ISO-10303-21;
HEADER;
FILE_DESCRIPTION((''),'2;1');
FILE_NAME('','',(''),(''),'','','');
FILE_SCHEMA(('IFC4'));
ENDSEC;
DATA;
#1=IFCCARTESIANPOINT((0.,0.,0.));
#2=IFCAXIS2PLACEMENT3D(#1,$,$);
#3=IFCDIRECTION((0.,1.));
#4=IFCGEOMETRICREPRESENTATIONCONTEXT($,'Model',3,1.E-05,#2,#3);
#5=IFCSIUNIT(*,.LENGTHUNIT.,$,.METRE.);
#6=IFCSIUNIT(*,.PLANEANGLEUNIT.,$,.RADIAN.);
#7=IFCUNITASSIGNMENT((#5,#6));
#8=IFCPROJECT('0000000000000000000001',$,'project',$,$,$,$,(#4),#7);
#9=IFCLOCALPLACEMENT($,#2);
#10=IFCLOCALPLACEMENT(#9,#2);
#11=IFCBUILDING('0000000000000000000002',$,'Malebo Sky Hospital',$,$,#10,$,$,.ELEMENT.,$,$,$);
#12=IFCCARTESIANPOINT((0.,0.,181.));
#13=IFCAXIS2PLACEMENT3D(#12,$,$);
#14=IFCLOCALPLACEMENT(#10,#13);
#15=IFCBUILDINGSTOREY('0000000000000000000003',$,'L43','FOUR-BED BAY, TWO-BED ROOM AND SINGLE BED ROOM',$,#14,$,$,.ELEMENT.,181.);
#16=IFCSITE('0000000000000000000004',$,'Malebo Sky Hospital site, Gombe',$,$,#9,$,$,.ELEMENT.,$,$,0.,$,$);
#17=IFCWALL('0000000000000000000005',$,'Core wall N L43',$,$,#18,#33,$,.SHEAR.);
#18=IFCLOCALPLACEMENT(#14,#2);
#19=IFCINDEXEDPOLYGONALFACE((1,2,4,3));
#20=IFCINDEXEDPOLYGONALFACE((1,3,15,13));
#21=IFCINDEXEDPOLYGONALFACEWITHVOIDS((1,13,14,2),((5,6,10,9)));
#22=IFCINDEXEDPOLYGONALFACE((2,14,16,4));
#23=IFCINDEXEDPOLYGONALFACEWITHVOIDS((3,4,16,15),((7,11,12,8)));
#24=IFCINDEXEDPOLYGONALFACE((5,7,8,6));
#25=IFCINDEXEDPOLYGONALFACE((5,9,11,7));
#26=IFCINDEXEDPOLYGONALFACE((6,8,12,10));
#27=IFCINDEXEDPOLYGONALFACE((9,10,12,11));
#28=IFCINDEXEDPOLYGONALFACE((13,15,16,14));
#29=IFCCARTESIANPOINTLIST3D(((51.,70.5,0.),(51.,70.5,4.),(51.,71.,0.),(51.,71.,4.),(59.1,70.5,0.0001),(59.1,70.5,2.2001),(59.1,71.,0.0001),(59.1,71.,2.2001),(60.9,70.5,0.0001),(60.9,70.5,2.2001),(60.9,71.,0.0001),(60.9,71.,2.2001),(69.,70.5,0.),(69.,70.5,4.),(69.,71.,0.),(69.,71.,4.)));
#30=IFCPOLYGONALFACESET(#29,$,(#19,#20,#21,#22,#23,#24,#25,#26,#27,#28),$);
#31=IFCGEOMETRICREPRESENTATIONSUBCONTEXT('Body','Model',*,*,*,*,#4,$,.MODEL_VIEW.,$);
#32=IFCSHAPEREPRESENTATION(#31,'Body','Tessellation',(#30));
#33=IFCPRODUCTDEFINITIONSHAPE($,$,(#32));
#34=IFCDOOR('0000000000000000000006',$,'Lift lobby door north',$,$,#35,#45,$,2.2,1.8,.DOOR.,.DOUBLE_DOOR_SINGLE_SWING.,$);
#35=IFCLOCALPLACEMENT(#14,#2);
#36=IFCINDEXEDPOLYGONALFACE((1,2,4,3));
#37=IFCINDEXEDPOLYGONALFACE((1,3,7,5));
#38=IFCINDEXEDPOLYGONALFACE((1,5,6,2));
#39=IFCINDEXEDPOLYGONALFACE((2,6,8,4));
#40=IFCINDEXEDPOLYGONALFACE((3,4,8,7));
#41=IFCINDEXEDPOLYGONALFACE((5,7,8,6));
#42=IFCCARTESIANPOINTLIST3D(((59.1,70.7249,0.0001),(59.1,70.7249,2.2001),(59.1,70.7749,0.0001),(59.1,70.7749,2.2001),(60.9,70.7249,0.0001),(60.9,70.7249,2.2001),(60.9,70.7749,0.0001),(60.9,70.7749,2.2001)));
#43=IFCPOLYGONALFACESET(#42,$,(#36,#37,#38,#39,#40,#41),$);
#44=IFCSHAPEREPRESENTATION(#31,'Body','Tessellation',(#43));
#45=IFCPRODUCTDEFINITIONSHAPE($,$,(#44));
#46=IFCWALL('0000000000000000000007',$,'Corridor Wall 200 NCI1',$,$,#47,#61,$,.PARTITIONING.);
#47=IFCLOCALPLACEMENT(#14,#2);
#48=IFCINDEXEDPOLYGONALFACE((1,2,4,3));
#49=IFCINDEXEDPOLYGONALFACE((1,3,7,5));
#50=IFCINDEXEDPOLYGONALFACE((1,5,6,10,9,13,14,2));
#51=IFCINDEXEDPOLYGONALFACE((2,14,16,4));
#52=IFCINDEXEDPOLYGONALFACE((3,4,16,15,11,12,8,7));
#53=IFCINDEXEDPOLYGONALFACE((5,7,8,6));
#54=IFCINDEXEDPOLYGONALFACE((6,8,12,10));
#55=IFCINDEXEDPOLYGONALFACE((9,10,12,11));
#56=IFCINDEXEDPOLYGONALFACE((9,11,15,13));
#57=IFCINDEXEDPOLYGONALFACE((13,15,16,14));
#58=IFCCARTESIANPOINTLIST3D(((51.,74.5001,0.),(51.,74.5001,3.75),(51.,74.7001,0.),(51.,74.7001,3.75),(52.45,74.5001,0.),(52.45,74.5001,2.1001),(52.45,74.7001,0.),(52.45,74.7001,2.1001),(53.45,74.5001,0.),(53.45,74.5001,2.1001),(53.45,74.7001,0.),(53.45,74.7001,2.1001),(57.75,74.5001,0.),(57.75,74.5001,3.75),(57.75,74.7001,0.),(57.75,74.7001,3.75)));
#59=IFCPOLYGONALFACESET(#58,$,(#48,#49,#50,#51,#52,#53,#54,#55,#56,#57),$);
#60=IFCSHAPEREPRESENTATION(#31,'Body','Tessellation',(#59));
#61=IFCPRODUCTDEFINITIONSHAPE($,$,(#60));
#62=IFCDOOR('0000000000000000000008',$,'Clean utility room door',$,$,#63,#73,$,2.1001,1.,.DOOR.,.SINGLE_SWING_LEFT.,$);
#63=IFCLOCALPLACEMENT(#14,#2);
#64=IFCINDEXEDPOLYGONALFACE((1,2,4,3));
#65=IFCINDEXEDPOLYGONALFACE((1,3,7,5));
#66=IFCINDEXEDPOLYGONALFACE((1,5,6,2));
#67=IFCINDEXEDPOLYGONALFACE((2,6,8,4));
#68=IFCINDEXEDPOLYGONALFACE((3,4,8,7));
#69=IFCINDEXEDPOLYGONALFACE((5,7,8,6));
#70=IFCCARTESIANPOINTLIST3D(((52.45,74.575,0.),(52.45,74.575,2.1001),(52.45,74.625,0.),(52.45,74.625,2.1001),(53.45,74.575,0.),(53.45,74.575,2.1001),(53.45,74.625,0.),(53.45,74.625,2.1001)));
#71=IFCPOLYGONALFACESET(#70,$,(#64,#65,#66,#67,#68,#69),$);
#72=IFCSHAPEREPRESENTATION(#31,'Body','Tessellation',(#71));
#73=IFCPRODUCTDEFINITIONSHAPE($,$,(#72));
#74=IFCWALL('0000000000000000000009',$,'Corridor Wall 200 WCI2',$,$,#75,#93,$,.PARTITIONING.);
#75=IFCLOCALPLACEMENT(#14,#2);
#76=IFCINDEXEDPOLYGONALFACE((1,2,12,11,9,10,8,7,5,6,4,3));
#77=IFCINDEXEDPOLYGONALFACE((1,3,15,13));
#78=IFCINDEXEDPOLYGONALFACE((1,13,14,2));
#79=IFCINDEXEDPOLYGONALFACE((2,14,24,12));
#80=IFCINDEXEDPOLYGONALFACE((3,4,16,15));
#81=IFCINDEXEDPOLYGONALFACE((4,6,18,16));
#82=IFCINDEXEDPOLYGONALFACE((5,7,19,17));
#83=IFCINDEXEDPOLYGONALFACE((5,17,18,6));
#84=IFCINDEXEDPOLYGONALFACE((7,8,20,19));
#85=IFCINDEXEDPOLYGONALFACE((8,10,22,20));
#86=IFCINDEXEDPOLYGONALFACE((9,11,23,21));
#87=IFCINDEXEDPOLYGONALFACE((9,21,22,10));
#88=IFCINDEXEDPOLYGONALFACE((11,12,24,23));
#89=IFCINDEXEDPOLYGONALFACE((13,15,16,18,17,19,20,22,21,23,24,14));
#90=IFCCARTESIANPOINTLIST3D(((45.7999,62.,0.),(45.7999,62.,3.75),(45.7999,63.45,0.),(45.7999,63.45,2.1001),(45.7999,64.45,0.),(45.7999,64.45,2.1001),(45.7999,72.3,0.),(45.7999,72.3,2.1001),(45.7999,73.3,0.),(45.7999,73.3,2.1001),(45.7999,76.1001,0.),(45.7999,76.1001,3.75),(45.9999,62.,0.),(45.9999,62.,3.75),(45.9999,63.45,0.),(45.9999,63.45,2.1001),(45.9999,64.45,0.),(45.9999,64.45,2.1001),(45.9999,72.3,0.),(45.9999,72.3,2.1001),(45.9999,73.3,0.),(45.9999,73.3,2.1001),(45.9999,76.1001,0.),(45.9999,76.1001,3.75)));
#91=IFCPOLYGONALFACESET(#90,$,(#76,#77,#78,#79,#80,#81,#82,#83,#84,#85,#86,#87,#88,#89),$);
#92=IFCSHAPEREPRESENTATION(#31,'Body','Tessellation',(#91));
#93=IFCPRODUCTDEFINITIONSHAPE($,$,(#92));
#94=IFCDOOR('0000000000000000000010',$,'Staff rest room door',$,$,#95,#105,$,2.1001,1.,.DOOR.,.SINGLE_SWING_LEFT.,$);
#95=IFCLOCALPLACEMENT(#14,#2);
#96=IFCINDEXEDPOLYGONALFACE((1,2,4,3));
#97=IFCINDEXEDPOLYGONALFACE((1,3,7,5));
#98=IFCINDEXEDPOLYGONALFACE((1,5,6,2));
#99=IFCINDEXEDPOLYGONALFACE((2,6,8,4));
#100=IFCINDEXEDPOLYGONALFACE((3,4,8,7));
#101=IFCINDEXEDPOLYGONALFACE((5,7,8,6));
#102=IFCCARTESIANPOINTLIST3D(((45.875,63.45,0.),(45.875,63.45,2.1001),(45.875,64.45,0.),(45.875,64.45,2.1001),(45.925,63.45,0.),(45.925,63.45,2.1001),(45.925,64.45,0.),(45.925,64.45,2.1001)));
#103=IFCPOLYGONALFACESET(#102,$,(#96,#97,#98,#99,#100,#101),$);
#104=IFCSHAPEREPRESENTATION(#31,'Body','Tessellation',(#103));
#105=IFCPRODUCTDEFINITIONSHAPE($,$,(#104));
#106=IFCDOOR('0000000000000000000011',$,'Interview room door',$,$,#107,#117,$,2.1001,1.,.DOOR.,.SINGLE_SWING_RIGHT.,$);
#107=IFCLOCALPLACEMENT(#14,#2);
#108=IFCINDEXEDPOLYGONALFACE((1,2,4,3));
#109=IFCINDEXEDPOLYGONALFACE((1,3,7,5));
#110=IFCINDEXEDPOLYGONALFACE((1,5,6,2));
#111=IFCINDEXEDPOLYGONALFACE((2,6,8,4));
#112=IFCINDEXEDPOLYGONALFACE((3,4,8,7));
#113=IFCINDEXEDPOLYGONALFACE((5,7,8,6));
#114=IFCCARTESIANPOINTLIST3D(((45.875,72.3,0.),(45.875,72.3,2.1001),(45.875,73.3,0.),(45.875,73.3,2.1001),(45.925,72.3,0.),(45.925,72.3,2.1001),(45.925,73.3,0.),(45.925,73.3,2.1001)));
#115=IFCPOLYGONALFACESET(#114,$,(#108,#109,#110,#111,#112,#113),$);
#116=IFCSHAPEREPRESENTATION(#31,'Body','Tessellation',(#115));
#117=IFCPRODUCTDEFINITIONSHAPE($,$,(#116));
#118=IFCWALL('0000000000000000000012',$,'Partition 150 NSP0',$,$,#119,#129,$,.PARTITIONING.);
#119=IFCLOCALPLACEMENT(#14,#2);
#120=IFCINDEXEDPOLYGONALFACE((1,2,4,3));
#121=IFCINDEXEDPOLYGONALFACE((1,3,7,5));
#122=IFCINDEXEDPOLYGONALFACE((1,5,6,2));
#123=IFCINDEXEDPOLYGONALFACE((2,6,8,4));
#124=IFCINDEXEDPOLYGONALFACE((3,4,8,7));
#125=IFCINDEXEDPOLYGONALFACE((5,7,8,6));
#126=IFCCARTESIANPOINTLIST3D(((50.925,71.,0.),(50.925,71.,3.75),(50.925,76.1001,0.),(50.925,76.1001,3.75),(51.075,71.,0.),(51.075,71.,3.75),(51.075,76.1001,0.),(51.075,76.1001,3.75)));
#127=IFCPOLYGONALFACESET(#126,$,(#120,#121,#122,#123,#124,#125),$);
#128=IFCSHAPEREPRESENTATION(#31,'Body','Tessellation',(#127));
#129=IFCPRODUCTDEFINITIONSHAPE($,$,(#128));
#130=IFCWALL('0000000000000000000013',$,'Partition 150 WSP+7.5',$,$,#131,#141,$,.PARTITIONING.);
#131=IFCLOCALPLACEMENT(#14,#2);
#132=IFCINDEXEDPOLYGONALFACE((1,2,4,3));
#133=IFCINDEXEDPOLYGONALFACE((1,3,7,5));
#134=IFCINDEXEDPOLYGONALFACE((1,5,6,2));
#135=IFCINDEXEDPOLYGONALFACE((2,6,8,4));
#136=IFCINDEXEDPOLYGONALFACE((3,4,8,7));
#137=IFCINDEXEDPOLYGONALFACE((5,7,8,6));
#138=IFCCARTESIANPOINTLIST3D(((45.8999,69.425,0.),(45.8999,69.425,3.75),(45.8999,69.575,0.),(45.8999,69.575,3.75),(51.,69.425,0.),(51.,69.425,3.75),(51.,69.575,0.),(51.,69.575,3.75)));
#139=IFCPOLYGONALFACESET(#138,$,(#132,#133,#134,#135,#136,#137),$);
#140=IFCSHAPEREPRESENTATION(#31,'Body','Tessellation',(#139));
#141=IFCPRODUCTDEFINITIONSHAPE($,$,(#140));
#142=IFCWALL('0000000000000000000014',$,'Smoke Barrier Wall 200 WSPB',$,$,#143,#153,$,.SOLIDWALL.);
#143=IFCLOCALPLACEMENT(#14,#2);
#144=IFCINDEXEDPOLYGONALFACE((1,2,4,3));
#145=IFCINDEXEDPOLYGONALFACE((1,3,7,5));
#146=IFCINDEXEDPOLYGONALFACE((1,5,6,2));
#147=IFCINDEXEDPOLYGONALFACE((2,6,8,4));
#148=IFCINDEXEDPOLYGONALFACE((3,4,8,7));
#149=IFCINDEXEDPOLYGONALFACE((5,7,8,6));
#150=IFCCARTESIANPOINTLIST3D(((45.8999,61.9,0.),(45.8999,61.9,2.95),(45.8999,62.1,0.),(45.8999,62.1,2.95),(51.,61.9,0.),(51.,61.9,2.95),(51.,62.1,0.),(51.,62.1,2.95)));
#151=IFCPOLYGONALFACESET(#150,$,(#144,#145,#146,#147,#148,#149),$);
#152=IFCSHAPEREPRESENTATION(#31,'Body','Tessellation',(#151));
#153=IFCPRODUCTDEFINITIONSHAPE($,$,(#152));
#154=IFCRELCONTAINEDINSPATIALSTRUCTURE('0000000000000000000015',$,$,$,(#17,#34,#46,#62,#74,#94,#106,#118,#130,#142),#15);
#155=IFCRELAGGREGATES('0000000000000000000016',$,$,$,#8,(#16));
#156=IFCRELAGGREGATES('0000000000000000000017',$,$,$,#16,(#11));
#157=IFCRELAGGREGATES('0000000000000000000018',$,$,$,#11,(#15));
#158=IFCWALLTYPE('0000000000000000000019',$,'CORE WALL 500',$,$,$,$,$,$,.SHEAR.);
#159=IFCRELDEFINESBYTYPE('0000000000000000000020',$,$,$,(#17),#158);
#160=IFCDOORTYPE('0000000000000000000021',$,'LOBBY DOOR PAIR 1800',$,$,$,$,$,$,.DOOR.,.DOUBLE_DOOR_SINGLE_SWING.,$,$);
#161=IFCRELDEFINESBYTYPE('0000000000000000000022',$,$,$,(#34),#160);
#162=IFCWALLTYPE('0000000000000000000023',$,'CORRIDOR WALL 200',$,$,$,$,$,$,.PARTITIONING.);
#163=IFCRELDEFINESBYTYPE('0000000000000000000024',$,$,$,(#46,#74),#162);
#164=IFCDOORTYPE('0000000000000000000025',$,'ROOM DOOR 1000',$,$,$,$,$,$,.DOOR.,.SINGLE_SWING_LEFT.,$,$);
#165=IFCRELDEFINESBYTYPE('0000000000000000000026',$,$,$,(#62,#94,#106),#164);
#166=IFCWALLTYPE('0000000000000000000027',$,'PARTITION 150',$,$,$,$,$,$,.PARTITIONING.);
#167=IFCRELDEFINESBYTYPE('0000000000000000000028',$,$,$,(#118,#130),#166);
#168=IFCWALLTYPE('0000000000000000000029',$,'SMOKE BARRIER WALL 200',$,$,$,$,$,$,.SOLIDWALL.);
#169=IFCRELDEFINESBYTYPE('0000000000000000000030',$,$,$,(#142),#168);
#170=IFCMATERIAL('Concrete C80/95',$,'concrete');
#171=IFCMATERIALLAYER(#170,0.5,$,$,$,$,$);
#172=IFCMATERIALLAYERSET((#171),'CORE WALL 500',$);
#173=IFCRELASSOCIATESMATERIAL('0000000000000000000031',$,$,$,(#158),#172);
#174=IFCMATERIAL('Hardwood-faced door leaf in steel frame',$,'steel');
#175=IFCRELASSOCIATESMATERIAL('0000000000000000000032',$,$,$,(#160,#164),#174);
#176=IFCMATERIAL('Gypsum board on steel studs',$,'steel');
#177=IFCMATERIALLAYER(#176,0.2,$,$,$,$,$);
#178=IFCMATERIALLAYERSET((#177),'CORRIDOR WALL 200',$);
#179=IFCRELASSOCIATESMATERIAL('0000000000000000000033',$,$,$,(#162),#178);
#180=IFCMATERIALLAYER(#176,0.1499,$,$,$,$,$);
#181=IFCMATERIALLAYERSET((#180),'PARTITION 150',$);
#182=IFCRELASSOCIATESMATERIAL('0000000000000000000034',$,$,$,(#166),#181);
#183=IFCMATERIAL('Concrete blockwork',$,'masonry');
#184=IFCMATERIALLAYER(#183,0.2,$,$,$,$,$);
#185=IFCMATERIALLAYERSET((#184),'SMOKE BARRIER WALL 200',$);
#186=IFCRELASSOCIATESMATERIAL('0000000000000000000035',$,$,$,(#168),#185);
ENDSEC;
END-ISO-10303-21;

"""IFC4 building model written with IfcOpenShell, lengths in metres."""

from ifc_helpers import new_model, si_unit, direction, frame, frame_2d, origin, place, context, subcontext, project, spatial, rectangle, extrude, material, layer, layer_set, type_object, element, fill, save


model = new_model("IFC4")

# Units and contexts
model_context = context("Model", 3, precision=1e-05, world=origin(), true_north=direction((0.0, 1.0)))
body_context = subcontext(model_context, "Body", "Model", "MODEL_VIEW")
ifc_project = project(units=[si_unit("LENGTHUNIT", "METRE"), si_unit("PLANEANGLEUNIT", "RADIAN")], contexts=[model_context])

# Site, building, storey
site_placement = place(None, origin())
site = spatial("IfcSite", under=ifc_project, at=site_placement, Name="Malebo Sky Hospital site, Gombe", CompositionType="ELEMENT", RefElevation=0.0)
building_placement = place(site_placement, origin())
building = spatial("IfcBuilding", under=site, at=building_placement, Name="Malebo Sky Hospital", CompositionType="ELEMENT")
storey_placement = place(building_placement, frame((0.0, 0.0, 181.0)))
storey = spatial("IfcBuildingStorey", under=building, at=storey_placement, Name="L43", Description="FOUR-BED BAY, TWO-BED ROOM AND SINGLE BED ROOM", CompositionType="ELEMENT", Elevation=181.0)

# Walls, openings, doors
ifc_material_1 = material(Name="Concrete C80/95", Category="concrete")
ifc_material_2 = material(Name="Hardwood-faced door leaf in steel frame", Category="steel")
ifc_layer_1 = layer(ifc_material_1, 0.5)
ifc_layer_set_1 = layer_set([ifc_layer_1], Name="CORE WALL 500")
wall_type_1 = type_object("IfcWallType", Name="CORE WALL 500", PredefinedType="SHEAR", material=ifc_layer_set_1)
wall_1_placement = place(storey_placement, frame((51.0, 70.75, 0.0), z_axis=(0.0, 0.0, 1.0), x_axis=(1.0, 0.0, 0.0)))
wall_1 = element("IfcWall", 1, at=wall_1_placement, inside=storey, type_object=wall_type_1, Name="Core wall N L43", PredefinedType="SHEAR", context=body_context, shape_type="SweptSolid", body=[
    extrude(rectangle(XDim=18.0, YDim=0.5, at=frame_2d((9.0, 0.0))), origin(), (0.0, 0.0, 1.0), 4.0),
])
opening_1_placement = place(wall_1_placement, frame((8.1001, 0.0, 0.0)))
opening_1 = element("IfcOpeningElement", 2, at=opening_1_placement, cuts=wall_1, PredefinedType="OPENING", context=body_context, shape_type="SweptSolid", body=[
    extrude(rectangle(XDim=1.8, YDim=2.2, at=frame_2d((0.8999, 1.1001))), frame((0.0, 0.26, 0.0), z_axis=(0.0, -1.0, 0.0), x_axis=(1.0, 0.0, 0.0)), (0.0, 0.0, 1.0), 0.52),
])
door_type_1 = type_object("IfcDoorType", Name="LOBBY DOOR PAIR 1800", OperationType="DOUBLE_DOOR_SINGLE_SWING", PredefinedType="DOOR", material=ifc_material_2)
door_1_placement = place(opening_1_placement, origin())
door_1 = element("IfcDoor", 3, at=door_1_placement, inside=storey, type_object=door_type_1, Name="Lift lobby door north", OperationType="DOUBLE_DOOR_SINGLE_SWING", OverallHeight=2.2, OverallWidth=1.8, PredefinedType="DOOR", context=body_context, shape_type="SweptSolid", body=[
    extrude(rectangle(XDim=1.8, YDim=2.2, at=frame_2d((0.8999, 1.1001))), frame((0.0, 0.0249, 0.0), z_axis=(0.0, -1.0, 0.0), x_axis=(1.0, 0.0, 0.0)), (0.0, 0.0, 1.0), 0.05),
])
fill(opening_1, door_1)
ifc_material_3 = material(Name="Gypsum board on steel studs", Category="steel")
ifc_layer_2 = layer(ifc_material_3, 0.2)
ifc_layer_set_2 = layer_set([ifc_layer_2], Name="CORRIDOR WALL 200")
wall_type_2 = type_object("IfcWallType", Name="CORRIDOR WALL 200", PredefinedType="PARTITIONING", material=ifc_layer_set_2)
wall_2_placement = place(storey_placement, frame((51.0, 74.6001, 0.0), z_axis=(0.0, 0.0, 1.0), x_axis=(1.0, 0.0, 0.0)))
wall_2 = element("IfcWall", 4, at=wall_2_placement, inside=storey, type_object=wall_type_2, Name="Corridor Wall 200 NCI1", PredefinedType="PARTITIONING", context=body_context, shape_type="SweptSolid", body=[
    extrude(rectangle(XDim=6.75, YDim=0.2, at=frame_2d((3.375, 0.0))), origin(), (0.0, 0.0, 1.0), 3.75),
])
opening_2_placement = place(wall_2_placement, frame((1.45, 0.0, 0.0)))
opening_2 = element("IfcOpeningElement", 5, at=opening_2_placement, cuts=wall_2, PredefinedType="OPENING", context=body_context, shape_type="SweptSolid", body=[
    extrude(rectangle(XDim=1.0, YDim=2.1001, at=frame_2d((0.5, 1.05))), frame((0.0, 0.1099, 0.0), z_axis=(0.0, -1.0, 0.0), x_axis=(1.0, 0.0, 0.0)), (0.0, 0.0, 1.0), 0.22),
])
door_type_2 = type_object("IfcDoorType", Name="ROOM DOOR 1000", OperationType="SINGLE_SWING_LEFT", PredefinedType="DOOR", material=ifc_material_2)
door_2_placement = place(opening_2_placement, origin())
door_2 = element("IfcDoor", 6, at=door_2_placement, inside=storey, type_object=door_type_2, Name="Clean utility room door", OperationType="SINGLE_SWING_LEFT", OverallHeight=2.1001, OverallWidth=1.0, PredefinedType="DOOR", context=body_context, shape_type="SweptSolid", body=[
    extrude(rectangle(XDim=1.0, YDim=2.1001, at=frame_2d((0.5, 1.05))), frame((0.0, 0.0249, 0.0), z_axis=(0.0, -1.0, 0.0), x_axis=(1.0, 0.0, 0.0)), (0.0, 0.0, 1.0), 0.05),
])
fill(opening_2, door_2)

# Wall, openings, doors
wall_3_placement = place(storey_placement, frame((45.8999, 62.0, 0.0), z_axis=(0.0, 0.0, 1.0), x_axis=(0.0, 1.0, 0.0)))
wall_3 = element("IfcWall", 7, at=wall_3_placement, inside=storey, type_object=wall_type_2, Name="Corridor Wall 200 WCI2", PredefinedType="PARTITIONING", context=body_context, shape_type="SweptSolid", body=[
    extrude(rectangle(XDim=14.1001, YDim=0.2, at=frame_2d((7.05, 0.0))), origin(), (0.0, 0.0, 1.0), 3.75),
])
opening_3_placement = place(wall_3_placement, frame((1.45, 0.0, 0.0)))
opening_3 = element("IfcOpeningElement", 8, at=opening_3_placement, cuts=wall_3, PredefinedType="OPENING", context=body_context, shape_type="SweptSolid", body=[
    extrude(rectangle(XDim=1.0, YDim=2.1001, at=frame_2d((0.5, 1.05))), frame((0.0, 0.1099, 0.0), z_axis=(0.0, -1.0, 0.0), x_axis=(1.0, 0.0, 0.0)), (0.0, 0.0, 1.0), 0.22),
])
opening_4_placement = place(wall_3_placement, frame((10.3, 0.0, 0.0)))
opening_4 = element("IfcOpeningElement", 9, at=opening_4_placement, cuts=wall_3, PredefinedType="OPENING", context=body_context, shape_type="SweptSolid", body=[
    extrude(rectangle(XDim=1.0, YDim=2.1001, at=frame_2d((0.5, 1.05))), frame((0.0, 0.1099, 0.0), z_axis=(0.0, -1.0, 0.0), x_axis=(1.0, 0.0, 0.0)), (0.0, 0.0, 1.0), 0.22),
])
door_3_placement = place(opening_3_placement, origin())
door_3 = element("IfcDoor", 10, at=door_3_placement, inside=storey, type_object=door_type_2, Name="Staff rest room door", OperationType="SINGLE_SWING_LEFT", OverallHeight=2.1001, OverallWidth=1.0, PredefinedType="DOOR", context=body_context, shape_type="SweptSolid", body=[
    extrude(rectangle(XDim=1.0, YDim=2.1001, at=frame_2d((0.5, 1.05))), frame((0.0, 0.0249, 0.0), z_axis=(0.0, -1.0, 0.0), x_axis=(1.0, 0.0, 0.0)), (0.0, 0.0, 1.0), 0.05),
])
fill(opening_3, door_3)
door_4_placement = place(opening_4_placement, origin())
door_4 = element("IfcDoor", 11, at=door_4_placement, inside=storey, type_object=door_type_2, Name="Interview room door", OperationType="SINGLE_SWING_RIGHT", OverallHeight=2.1001, OverallWidth=1.0, PredefinedType="DOOR", context=body_context, shape_type="SweptSolid", body=[
    extrude(rectangle(XDim=1.0, YDim=2.1001, at=frame_2d((0.5, 1.05))), frame((0.0, 0.0249, 0.0), z_axis=(0.0, -1.0, 0.0), x_axis=(1.0, 0.0, 0.0)), (0.0, 0.0, 1.0), 0.05),
])
fill(opening_4, door_4)

# Walls
ifc_layer_3 = layer(ifc_material_3, 0.1499)
ifc_layer_set_3 = layer_set([ifc_layer_3], Name="PARTITION 150")
wall_type_3 = type_object("IfcWallType", Name="PARTITION 150", PredefinedType="PARTITIONING", material=ifc_layer_set_3)
for number, where, z_axis, x_axis, name in (
    (12, (51.0, 71.0, 0.0), (0.0, 0.0, 1.0), (0.0, 1.0, 0.0), "Partition 150 NSP0"),
    (13, (51.0, 69.5, 0.0), (0.0, 0.0, 1.0), (-1.0, 0.0, 0.0), "Partition 150 WSP+7.5"),
):
    element("IfcWall", number, at=place(storey_placement, frame(where, z_axis=z_axis, x_axis=x_axis)), inside=storey, type_object=wall_type_3, Name=name, PredefinedType="PARTITIONING", context=body_context, shape_type="SweptSolid", body=[
        extrude(rectangle(XDim=5.1001, YDim=0.1499, at=frame_2d((2.55, 0.0))), origin(), (0.0, 0.0, 1.0), 3.75),
    ])
ifc_material_4 = material(Name="Concrete blockwork", Category="masonry")
ifc_layer_4 = layer(ifc_material_4, 0.2)
ifc_layer_set_4 = layer_set([ifc_layer_4], Name="SMOKE BARRIER WALL 200")
wall_type_4 = type_object("IfcWallType", Name="SMOKE BARRIER WALL 200", PredefinedType="SOLIDWALL", material=ifc_layer_set_4)
wall_4_placement = place(storey_placement, frame((51.0, 62.0, 0.0), z_axis=(0.0, 0.0, 1.0), x_axis=(-1.0, 0.0, 0.0)))
element("IfcWall", 14, at=wall_4_placement, inside=storey, type_object=wall_type_4, Name="Smoke Barrier Wall 200 WSPB", PredefinedType="SOLIDWALL", context=body_context, shape_type="SweptSolid", body=[
    extrude(rectangle(XDim=5.1001, YDim=0.2, at=frame_2d((2.55, 0.0))), origin(), (0.0, 0.0, 1.0), 2.95),
])

save(model, "model.ifc")
